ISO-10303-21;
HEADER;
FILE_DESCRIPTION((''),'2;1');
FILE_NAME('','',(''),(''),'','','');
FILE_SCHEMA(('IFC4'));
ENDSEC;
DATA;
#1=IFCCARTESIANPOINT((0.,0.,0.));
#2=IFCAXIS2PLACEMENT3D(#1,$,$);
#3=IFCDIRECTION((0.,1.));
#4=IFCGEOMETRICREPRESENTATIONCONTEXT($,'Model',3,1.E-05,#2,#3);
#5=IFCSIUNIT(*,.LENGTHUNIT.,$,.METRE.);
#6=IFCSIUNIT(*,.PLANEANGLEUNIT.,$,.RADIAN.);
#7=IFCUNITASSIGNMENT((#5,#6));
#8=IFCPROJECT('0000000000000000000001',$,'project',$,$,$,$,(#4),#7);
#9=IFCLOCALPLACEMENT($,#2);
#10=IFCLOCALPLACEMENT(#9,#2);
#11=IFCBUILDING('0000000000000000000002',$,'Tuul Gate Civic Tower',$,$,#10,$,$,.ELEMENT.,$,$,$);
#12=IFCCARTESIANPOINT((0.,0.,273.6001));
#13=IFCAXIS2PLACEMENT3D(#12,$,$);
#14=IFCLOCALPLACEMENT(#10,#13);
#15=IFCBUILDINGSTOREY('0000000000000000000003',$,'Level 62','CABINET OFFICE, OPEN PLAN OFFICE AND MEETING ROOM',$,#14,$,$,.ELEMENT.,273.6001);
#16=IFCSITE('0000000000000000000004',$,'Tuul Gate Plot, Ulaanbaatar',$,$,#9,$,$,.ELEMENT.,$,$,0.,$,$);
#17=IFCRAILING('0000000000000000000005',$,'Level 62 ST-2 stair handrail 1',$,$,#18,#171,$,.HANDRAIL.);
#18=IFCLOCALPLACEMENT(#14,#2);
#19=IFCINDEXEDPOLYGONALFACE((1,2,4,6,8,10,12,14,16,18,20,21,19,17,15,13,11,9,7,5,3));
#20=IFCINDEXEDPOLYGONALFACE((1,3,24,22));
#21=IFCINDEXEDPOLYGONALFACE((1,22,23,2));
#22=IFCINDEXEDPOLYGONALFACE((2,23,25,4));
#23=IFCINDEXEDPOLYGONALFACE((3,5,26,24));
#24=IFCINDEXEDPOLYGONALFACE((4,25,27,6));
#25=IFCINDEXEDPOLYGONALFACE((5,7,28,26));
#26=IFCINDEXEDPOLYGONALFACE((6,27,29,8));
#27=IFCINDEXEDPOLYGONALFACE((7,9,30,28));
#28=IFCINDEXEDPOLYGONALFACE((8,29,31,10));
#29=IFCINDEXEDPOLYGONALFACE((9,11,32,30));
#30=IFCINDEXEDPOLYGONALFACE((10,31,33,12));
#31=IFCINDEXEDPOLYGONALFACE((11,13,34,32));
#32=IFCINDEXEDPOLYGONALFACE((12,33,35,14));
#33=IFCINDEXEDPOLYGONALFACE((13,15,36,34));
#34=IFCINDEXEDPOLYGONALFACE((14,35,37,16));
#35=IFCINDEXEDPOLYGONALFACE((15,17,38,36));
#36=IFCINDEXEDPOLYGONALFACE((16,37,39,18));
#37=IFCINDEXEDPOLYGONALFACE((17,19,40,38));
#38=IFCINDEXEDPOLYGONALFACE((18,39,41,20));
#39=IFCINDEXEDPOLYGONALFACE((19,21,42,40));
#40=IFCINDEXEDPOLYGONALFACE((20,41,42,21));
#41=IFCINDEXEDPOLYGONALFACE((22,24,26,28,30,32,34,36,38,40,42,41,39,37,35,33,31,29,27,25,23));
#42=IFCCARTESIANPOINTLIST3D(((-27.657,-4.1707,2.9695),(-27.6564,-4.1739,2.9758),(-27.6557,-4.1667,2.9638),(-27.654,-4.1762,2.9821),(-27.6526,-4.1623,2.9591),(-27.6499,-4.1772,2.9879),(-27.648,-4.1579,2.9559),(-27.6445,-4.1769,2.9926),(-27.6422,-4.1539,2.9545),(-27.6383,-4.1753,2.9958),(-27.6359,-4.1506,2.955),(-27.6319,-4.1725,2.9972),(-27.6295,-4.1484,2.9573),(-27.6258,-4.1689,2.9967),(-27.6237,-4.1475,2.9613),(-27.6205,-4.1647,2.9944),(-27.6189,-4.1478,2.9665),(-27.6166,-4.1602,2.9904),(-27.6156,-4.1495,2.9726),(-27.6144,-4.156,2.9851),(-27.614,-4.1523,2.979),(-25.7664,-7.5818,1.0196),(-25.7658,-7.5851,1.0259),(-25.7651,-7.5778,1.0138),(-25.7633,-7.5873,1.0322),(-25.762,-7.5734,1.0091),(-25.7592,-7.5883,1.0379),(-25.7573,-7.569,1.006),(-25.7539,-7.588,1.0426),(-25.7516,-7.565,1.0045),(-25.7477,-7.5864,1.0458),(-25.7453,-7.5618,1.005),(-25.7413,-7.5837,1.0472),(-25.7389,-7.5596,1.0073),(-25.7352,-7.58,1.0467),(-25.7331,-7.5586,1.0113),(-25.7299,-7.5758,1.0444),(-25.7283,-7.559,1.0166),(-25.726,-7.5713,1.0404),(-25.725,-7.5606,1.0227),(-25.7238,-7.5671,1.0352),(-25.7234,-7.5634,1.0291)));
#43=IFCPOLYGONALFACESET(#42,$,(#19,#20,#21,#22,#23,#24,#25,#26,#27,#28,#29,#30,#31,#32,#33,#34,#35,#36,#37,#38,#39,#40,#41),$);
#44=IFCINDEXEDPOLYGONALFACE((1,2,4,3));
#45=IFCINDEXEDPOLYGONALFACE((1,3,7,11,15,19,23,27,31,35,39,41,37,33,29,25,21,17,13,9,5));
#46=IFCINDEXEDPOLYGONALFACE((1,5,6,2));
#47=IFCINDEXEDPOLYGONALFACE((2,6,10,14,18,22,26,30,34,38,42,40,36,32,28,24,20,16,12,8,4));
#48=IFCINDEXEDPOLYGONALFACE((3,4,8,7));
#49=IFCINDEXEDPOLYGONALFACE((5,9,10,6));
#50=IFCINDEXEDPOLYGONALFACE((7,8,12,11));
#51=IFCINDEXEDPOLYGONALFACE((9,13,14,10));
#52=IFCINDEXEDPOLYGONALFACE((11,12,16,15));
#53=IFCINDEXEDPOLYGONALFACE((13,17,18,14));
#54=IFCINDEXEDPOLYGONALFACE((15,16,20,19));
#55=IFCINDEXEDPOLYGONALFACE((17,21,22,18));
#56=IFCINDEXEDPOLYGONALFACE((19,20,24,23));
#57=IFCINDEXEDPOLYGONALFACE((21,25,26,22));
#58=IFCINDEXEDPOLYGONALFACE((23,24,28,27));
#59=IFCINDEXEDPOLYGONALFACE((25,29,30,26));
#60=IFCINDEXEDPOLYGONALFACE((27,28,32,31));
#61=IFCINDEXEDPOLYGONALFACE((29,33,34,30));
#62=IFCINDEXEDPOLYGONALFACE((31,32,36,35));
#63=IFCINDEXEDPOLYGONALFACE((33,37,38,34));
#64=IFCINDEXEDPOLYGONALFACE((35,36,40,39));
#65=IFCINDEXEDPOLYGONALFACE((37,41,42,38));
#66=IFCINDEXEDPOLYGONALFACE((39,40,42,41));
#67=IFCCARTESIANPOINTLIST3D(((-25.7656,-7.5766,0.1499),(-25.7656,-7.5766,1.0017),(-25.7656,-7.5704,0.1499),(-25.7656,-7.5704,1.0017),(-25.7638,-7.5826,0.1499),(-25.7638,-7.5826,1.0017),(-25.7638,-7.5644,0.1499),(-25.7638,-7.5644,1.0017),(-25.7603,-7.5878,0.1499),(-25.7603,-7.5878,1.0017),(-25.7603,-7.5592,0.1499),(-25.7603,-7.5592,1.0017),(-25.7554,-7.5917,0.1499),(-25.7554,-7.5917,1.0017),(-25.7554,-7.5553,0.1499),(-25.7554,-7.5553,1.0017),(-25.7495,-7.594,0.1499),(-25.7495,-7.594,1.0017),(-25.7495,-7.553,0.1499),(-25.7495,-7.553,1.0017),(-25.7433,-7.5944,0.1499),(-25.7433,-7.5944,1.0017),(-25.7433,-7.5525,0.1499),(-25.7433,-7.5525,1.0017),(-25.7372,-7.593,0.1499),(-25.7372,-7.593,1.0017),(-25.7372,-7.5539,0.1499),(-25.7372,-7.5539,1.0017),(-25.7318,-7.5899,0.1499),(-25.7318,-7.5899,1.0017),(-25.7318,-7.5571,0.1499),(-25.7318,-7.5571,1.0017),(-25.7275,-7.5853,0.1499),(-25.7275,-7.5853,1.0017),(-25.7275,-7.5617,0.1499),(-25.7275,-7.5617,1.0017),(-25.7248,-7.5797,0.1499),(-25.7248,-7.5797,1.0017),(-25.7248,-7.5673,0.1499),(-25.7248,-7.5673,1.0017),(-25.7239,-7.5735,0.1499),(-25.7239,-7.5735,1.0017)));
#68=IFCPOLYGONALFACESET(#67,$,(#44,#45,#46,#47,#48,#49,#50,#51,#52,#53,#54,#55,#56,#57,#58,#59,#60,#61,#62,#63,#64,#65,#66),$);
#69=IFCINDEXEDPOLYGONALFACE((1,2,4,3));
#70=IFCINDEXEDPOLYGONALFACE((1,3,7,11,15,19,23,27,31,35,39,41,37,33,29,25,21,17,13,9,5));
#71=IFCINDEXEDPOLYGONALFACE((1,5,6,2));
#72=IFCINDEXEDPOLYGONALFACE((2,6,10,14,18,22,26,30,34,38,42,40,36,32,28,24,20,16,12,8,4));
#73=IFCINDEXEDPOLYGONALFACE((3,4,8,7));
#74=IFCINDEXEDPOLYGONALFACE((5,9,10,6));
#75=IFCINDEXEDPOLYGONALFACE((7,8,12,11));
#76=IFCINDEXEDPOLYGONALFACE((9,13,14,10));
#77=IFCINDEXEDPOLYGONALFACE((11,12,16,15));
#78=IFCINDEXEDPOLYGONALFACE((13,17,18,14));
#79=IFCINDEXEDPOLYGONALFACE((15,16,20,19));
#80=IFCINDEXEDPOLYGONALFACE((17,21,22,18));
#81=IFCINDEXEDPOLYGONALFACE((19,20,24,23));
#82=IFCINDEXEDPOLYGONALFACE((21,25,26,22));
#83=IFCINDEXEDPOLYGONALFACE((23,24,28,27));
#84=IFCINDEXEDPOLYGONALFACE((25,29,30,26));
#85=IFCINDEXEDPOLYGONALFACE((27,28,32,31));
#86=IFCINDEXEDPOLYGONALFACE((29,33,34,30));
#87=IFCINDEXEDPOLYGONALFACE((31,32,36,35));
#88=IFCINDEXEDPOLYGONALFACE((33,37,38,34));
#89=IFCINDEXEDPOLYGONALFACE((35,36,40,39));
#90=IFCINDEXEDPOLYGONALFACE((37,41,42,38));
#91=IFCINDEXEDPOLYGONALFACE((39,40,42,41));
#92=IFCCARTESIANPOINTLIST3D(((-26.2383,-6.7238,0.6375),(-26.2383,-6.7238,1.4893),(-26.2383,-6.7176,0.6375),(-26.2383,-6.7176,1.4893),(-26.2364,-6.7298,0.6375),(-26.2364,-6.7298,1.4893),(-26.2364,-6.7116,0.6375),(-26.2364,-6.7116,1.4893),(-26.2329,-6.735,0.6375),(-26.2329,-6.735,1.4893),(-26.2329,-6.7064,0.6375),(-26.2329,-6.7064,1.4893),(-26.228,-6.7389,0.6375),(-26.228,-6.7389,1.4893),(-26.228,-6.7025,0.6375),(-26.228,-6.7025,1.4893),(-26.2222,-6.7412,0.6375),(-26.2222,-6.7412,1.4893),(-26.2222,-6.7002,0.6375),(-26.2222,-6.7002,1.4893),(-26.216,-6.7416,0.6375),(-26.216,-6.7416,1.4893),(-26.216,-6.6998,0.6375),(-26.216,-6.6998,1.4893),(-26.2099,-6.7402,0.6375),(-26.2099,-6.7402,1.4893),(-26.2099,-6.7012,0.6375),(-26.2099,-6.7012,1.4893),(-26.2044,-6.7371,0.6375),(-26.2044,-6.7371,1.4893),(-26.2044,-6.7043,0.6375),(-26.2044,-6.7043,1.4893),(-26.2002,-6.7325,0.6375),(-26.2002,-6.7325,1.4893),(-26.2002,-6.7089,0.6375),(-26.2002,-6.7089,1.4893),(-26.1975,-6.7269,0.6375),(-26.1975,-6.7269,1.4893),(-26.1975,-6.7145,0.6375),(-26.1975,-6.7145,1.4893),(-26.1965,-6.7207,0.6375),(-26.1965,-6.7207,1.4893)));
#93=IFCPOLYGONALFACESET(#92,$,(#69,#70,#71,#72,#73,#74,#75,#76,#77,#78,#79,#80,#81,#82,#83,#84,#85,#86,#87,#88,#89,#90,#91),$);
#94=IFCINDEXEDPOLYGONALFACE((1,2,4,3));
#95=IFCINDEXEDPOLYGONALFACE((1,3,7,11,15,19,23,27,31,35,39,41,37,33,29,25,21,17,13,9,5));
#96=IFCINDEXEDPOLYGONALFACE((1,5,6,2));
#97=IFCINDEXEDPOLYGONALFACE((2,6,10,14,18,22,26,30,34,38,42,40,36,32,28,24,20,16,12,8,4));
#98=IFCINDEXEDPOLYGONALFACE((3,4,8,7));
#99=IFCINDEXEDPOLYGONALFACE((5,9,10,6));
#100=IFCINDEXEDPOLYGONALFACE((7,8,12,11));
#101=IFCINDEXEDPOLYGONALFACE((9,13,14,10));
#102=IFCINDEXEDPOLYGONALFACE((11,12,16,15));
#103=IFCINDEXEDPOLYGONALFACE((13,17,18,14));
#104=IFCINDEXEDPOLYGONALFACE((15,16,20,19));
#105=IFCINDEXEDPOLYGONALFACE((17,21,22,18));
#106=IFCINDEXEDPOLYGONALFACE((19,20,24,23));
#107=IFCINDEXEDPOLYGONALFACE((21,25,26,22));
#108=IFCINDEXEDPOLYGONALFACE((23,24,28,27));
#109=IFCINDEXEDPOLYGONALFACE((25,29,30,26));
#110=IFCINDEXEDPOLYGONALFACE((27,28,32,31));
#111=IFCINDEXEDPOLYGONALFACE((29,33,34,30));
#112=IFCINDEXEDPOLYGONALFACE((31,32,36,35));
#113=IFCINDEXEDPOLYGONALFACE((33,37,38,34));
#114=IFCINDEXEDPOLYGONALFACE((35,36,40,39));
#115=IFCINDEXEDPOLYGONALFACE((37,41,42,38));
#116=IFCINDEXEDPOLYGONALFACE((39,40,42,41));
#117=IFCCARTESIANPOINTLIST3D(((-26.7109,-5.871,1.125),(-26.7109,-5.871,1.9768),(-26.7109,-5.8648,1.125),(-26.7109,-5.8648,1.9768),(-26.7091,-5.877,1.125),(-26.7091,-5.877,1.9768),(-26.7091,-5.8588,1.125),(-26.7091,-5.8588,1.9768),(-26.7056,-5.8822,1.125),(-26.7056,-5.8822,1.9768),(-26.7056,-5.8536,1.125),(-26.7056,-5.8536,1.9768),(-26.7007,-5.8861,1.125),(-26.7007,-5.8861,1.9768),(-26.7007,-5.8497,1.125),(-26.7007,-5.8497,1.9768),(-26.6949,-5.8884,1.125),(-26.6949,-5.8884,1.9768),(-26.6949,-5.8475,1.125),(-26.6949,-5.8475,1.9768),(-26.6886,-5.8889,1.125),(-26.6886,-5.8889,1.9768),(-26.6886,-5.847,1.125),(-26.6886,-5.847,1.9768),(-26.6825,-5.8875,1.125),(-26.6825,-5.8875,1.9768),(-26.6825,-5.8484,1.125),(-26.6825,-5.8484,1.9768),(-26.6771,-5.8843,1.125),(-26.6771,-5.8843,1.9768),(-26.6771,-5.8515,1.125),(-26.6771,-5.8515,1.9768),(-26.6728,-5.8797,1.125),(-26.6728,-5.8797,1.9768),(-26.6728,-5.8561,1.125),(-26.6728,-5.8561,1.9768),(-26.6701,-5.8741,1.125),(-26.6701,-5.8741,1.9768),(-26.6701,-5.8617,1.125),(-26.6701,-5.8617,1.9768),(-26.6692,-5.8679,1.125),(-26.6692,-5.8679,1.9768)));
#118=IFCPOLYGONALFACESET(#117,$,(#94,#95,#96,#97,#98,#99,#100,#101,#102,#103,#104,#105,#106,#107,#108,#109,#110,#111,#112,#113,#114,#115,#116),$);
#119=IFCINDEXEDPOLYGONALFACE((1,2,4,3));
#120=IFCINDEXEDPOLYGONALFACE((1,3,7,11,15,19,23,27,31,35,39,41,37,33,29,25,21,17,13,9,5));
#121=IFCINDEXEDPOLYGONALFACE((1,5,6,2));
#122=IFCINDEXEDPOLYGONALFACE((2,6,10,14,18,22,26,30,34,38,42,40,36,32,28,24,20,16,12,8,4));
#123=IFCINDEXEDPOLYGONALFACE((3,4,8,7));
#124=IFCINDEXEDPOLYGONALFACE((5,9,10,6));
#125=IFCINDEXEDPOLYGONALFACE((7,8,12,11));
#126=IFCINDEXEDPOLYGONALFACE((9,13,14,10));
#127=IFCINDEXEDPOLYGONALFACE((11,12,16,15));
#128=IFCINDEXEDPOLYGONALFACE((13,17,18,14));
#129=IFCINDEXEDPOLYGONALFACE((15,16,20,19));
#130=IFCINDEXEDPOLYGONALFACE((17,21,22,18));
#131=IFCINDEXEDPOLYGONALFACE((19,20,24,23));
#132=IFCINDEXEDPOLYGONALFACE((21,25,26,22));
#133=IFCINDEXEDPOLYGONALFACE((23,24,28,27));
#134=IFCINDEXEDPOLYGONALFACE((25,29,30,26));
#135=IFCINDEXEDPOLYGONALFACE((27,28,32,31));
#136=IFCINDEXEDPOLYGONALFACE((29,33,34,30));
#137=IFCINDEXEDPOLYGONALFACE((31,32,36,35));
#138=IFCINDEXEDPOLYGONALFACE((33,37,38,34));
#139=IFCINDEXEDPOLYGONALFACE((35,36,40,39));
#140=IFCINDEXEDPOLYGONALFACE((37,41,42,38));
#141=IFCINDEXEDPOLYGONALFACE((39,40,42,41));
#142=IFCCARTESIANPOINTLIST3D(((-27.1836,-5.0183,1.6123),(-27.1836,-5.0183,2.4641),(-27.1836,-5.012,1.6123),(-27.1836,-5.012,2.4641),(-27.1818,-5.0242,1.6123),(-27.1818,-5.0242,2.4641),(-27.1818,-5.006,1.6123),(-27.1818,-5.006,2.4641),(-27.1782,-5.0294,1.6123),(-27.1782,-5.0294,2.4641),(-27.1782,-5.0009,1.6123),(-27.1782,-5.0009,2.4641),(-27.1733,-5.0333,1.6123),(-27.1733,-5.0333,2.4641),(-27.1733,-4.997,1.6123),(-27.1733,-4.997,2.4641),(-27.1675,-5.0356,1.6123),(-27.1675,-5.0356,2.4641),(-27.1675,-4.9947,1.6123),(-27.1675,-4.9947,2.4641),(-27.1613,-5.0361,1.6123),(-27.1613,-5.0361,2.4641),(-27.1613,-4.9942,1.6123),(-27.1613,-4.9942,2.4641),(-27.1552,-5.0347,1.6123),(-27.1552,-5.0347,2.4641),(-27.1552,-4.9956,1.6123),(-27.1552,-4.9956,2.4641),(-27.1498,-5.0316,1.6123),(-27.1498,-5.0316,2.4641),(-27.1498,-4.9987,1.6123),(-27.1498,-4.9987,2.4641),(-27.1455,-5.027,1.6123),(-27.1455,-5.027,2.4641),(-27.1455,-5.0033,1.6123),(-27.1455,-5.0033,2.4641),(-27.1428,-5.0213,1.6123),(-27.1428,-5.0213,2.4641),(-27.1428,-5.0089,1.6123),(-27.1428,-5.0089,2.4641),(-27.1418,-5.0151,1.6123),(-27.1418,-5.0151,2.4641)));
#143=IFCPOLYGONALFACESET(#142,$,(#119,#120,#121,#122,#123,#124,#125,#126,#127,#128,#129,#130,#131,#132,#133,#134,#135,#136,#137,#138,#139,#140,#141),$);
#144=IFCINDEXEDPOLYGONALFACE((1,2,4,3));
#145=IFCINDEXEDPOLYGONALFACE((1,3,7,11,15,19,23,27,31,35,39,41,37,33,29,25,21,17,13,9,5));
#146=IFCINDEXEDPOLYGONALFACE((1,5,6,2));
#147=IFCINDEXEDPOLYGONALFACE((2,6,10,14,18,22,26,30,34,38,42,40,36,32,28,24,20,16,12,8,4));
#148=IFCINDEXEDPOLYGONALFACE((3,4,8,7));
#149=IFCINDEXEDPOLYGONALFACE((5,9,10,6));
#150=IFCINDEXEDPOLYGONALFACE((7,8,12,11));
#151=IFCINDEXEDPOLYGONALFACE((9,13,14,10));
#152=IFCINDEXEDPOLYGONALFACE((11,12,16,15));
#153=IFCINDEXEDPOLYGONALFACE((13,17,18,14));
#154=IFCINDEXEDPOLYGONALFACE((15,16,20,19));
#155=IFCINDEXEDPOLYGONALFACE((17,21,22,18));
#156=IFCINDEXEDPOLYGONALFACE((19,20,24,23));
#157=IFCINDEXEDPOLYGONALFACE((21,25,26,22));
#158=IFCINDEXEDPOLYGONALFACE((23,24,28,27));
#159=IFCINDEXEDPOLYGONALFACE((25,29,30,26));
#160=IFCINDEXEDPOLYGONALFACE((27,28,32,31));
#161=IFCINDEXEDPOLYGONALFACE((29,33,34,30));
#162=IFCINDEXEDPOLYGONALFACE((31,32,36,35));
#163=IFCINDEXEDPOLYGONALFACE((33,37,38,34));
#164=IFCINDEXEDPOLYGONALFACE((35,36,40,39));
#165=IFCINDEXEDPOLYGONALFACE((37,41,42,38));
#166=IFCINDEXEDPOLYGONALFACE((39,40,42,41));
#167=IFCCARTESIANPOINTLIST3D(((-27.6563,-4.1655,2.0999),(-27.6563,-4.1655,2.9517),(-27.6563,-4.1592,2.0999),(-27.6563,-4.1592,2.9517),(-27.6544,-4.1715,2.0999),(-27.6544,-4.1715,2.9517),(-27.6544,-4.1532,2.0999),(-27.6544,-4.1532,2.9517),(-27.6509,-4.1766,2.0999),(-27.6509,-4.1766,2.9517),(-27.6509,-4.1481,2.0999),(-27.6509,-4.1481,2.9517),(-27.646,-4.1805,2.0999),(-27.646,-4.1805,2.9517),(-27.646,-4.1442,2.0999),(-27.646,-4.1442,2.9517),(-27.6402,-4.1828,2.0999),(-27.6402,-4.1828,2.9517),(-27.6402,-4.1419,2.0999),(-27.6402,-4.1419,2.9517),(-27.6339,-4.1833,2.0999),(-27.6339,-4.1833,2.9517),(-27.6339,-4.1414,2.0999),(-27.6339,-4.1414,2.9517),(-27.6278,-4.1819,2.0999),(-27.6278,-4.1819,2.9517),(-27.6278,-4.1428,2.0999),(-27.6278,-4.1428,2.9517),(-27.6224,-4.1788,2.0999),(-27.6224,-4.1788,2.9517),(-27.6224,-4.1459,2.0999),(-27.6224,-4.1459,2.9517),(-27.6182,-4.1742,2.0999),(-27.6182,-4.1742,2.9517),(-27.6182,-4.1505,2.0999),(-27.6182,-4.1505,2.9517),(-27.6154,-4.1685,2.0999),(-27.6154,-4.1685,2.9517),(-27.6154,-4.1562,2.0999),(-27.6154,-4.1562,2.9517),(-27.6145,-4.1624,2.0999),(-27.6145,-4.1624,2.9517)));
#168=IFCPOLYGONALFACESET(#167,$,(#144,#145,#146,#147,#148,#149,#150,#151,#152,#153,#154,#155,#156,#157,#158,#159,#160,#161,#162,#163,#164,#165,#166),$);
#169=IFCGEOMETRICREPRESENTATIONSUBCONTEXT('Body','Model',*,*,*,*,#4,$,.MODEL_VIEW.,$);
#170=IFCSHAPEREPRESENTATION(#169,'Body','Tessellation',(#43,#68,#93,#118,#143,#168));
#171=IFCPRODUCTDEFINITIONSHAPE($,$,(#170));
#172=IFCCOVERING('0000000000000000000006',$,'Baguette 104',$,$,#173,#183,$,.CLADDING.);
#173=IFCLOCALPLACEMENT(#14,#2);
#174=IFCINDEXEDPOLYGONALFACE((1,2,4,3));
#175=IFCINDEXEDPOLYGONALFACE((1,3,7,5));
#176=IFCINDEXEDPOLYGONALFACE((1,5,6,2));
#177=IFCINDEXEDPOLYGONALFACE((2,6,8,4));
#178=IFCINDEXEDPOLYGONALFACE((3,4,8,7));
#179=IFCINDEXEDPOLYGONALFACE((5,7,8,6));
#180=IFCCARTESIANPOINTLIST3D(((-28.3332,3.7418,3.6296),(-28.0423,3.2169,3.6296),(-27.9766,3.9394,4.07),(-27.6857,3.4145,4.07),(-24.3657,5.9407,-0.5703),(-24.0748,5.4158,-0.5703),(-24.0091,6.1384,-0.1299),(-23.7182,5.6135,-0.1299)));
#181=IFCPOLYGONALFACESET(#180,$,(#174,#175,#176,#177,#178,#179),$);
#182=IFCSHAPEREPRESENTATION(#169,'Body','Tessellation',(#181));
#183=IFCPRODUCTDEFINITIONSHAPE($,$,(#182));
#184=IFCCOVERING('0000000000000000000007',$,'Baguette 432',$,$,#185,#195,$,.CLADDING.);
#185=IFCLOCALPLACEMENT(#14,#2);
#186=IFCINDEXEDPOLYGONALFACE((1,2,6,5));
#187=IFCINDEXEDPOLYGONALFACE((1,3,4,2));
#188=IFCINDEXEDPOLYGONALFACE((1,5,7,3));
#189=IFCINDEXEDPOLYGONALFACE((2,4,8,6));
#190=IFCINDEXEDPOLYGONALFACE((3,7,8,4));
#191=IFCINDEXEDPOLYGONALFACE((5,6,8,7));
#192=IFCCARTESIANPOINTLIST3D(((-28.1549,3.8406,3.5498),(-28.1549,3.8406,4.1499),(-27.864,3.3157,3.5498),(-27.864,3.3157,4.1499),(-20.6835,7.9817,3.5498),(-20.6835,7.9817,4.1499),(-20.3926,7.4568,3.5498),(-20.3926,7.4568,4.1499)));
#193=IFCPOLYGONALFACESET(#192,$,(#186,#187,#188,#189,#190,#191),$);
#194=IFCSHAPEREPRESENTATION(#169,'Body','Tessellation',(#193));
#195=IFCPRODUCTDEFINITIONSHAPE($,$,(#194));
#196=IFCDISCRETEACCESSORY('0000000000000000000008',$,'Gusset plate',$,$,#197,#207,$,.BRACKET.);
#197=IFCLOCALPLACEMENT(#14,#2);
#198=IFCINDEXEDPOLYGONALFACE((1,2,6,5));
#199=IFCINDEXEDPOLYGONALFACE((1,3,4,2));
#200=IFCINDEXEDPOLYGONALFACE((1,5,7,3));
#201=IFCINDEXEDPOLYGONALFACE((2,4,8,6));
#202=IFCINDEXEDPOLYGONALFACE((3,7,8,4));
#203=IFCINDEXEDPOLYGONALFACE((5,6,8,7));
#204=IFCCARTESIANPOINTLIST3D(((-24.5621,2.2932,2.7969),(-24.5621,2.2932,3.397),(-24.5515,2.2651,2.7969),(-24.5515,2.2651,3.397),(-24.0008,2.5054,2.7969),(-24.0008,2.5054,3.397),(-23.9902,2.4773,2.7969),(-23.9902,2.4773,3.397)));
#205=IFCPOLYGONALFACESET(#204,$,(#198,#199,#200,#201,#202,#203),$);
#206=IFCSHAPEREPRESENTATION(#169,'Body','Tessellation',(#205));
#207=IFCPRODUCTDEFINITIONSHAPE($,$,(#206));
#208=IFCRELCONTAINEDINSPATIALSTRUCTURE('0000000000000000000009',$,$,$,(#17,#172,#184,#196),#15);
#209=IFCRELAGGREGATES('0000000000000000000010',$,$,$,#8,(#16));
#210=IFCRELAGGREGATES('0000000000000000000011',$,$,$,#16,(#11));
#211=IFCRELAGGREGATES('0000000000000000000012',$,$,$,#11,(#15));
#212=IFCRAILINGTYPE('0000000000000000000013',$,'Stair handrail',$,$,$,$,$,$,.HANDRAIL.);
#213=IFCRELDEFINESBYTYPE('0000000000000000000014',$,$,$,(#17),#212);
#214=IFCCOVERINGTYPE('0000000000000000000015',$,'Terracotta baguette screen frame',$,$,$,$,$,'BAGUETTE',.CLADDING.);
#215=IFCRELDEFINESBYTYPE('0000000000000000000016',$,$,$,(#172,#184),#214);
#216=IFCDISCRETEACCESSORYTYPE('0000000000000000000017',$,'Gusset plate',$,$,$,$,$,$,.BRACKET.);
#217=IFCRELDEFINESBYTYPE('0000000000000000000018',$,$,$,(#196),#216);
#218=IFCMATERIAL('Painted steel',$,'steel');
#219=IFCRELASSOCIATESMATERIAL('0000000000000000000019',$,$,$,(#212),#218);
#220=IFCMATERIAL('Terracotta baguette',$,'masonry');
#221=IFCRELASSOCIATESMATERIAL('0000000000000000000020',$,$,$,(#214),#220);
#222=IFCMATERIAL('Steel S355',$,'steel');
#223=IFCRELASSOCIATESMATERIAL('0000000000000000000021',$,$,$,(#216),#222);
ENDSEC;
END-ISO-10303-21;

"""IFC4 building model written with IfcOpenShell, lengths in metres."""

from ifc_helpers import new_model, si_unit, direction, frame, origin, origin_2d, place, context, subcontext, project, spatial, rectangle, circle, extrude, material, material_profile, profile_set, type_object, element, save


model = new_model("IFC4")

# Units and contexts
model_context = context("Model", 3, precision=1e-05, world=origin(), true_north=direction((0.0, 1.0)))
body_context = subcontext(model_context, "Body", "Model", "MODEL_VIEW")
ifc_project = project(units=[si_unit("LENGTHUNIT", "METRE"), si_unit("PLANEANGLEUNIT", "RADIAN")], contexts=[model_context])

# Site, building, storey
site_placement = place(None, origin())
site = spatial("IfcSite", under=ifc_project, at=site_placement, Name="Tuul Gate Plot, Ulaanbaatar", CompositionType="ELEMENT", RefElevation=0.0)
building_placement = place(site_placement, origin())
building = spatial("IfcBuilding", under=site, at=building_placement, Name="Tuul Gate Civic Tower", CompositionType="ELEMENT")
storey_placement = place(building_placement, frame((0.0, 0.0, 273.6001)))
storey = spatial("IfcBuildingStorey", under=building, at=storey_placement, Name="Level 62", Description="CABINET OFFICE, OPEN PLAN OFFICE AND MEETING ROOM", CompositionType="ELEMENT", Elevation=273.6001)

# Railing
ifc_material_1 = material(Name="Painted steel", Category="steel")
railing_type = type_object("IfcRailingType", Name="Stair handrail", PredefinedType="HANDRAIL", material=ifc_material_1)
railing_placement = place(storey_placement, frame((-25.7449, -7.5735, 0.1499)))
element("IfcRailing", 1, at=railing_placement, inside=storey, type_object=railing_type, Name="Level 62 ST-2 stair handrail 1", PredefinedType="HANDRAIL", context=body_context, shape_type="SweptSolid", body=[
    extrude(circle(Radius=0.0239, at=origin_2d()), frame((0.0, 0.0, 0.876), z_axis=(-0.433595, 0.782308, 0.447201), x_axis=(-0.874641, -0.484771, 0.0)), (0.0, 0.0, 1.0), 4.3604),
    extrude(circle(Radius=0.021, at=origin_2d()), origin(), (0.0, 0.0, 1.0), 0.8518),
    extrude(circle(Radius=0.021, at=origin_2d()), frame((-0.4727, 0.8528, 0.4875)), (0.0, 0.0, 1.0), 0.8518),
    extrude(circle(Radius=0.021, at=origin_2d()), frame((-0.9453, 1.7056, 0.9751)), (0.0, 0.0, 1.0), 0.8518),
    extrude(circle(Radius=0.021, at=origin_2d()), frame((-1.418, 2.5583, 1.4624)), (0.0, 0.0, 1.0), 0.8518),
    extrude(circle(Radius=0.021, at=origin_2d()), frame((-1.8906, 3.4111, 1.95)), (0.0, 0.0, 1.0), 0.8518),
])

# Coverings
ifc_material_2 = material(Name="Terracotta baguette", Category="masonry")
ifc_material_profile_1 = material_profile(ifc_material_2, rectangle(XDim=0.6001, YDim=0.6001, at=origin_2d()), Name="Terracotta baguette screen frame")
ifc_profile_set_1 = profile_set([ifc_material_profile_1], Name="Terracotta baguette")
covering_type = type_object("IfcCoveringType", Name="Terracotta baguette screen frame", ElementType="BAGUETTE", PredefinedType="CLADDING", material=ifc_profile_set_1)
covering_1_placement = place(storey_placement, frame((-24.042, 5.7771, -0.3501), z_axis=(-0.641794, -0.35571, 0.679391), x_axis=(0.484765, -0.874644, 0.0)))
element("IfcCovering", 2, at=covering_1_placement, inside=storey, type_object=covering_type, Name="Baguette 104", PredefinedType="CLADDING", context=body_context, shape_type="SweptSolid", body=[
    extrude(rectangle(XDim=0.6001, YDim=0.6001, at=origin_2d()), origin(), (0.0, 0.0, 1.0), 6.1819),
])
covering_2_placement = place(storey_placement, frame((-20.5381, 7.7192, 3.8499), z_axis=(-0.874638, -0.484776, 0.0), x_axis=(0.484776, -0.874638, 0.0)))
element("IfcCovering", 3, at=covering_2_placement, inside=storey, type_object=covering_type, Name="Baguette 432", PredefinedType="CLADDING", context=body_context, shape_type="SweptSolid", body=[
    extrude(rectangle(XDim=0.6001, YDim=0.6001, at=origin_2d()), origin(), (0.0, 0.0, 1.0), 8.5422),
])

# Discrete accessory
ifc_material_3 = material(Name="Steel S355", Category="steel")
discrete_accessory_type_1 = type_object("IfcDiscreteAccessoryType", Name="Gusset plate", PredefinedType="BRACKET", material=ifc_material_3)
discrete_accessory_1_placement = place(storey_placement, frame((-24.2761, 2.3853, 2.7969), z_axis=(0.0, 0.0, 1.0), x_axis=(0.935356, 0.353708, 0.0)))
element("IfcDiscreteAccessory", 4, at=discrete_accessory_1_placement, inside=storey, type_object=discrete_accessory_type_1, Name="Gusset plate", PredefinedType="BRACKET", context=body_context, shape_type="SweptSolid", body=[
    extrude(rectangle(XDim=0.6001, YDim=0.03, at=origin_2d()), origin(), (0.0, 0.0, 1.0), 0.6001),
])

save(model, "model.ifc")
